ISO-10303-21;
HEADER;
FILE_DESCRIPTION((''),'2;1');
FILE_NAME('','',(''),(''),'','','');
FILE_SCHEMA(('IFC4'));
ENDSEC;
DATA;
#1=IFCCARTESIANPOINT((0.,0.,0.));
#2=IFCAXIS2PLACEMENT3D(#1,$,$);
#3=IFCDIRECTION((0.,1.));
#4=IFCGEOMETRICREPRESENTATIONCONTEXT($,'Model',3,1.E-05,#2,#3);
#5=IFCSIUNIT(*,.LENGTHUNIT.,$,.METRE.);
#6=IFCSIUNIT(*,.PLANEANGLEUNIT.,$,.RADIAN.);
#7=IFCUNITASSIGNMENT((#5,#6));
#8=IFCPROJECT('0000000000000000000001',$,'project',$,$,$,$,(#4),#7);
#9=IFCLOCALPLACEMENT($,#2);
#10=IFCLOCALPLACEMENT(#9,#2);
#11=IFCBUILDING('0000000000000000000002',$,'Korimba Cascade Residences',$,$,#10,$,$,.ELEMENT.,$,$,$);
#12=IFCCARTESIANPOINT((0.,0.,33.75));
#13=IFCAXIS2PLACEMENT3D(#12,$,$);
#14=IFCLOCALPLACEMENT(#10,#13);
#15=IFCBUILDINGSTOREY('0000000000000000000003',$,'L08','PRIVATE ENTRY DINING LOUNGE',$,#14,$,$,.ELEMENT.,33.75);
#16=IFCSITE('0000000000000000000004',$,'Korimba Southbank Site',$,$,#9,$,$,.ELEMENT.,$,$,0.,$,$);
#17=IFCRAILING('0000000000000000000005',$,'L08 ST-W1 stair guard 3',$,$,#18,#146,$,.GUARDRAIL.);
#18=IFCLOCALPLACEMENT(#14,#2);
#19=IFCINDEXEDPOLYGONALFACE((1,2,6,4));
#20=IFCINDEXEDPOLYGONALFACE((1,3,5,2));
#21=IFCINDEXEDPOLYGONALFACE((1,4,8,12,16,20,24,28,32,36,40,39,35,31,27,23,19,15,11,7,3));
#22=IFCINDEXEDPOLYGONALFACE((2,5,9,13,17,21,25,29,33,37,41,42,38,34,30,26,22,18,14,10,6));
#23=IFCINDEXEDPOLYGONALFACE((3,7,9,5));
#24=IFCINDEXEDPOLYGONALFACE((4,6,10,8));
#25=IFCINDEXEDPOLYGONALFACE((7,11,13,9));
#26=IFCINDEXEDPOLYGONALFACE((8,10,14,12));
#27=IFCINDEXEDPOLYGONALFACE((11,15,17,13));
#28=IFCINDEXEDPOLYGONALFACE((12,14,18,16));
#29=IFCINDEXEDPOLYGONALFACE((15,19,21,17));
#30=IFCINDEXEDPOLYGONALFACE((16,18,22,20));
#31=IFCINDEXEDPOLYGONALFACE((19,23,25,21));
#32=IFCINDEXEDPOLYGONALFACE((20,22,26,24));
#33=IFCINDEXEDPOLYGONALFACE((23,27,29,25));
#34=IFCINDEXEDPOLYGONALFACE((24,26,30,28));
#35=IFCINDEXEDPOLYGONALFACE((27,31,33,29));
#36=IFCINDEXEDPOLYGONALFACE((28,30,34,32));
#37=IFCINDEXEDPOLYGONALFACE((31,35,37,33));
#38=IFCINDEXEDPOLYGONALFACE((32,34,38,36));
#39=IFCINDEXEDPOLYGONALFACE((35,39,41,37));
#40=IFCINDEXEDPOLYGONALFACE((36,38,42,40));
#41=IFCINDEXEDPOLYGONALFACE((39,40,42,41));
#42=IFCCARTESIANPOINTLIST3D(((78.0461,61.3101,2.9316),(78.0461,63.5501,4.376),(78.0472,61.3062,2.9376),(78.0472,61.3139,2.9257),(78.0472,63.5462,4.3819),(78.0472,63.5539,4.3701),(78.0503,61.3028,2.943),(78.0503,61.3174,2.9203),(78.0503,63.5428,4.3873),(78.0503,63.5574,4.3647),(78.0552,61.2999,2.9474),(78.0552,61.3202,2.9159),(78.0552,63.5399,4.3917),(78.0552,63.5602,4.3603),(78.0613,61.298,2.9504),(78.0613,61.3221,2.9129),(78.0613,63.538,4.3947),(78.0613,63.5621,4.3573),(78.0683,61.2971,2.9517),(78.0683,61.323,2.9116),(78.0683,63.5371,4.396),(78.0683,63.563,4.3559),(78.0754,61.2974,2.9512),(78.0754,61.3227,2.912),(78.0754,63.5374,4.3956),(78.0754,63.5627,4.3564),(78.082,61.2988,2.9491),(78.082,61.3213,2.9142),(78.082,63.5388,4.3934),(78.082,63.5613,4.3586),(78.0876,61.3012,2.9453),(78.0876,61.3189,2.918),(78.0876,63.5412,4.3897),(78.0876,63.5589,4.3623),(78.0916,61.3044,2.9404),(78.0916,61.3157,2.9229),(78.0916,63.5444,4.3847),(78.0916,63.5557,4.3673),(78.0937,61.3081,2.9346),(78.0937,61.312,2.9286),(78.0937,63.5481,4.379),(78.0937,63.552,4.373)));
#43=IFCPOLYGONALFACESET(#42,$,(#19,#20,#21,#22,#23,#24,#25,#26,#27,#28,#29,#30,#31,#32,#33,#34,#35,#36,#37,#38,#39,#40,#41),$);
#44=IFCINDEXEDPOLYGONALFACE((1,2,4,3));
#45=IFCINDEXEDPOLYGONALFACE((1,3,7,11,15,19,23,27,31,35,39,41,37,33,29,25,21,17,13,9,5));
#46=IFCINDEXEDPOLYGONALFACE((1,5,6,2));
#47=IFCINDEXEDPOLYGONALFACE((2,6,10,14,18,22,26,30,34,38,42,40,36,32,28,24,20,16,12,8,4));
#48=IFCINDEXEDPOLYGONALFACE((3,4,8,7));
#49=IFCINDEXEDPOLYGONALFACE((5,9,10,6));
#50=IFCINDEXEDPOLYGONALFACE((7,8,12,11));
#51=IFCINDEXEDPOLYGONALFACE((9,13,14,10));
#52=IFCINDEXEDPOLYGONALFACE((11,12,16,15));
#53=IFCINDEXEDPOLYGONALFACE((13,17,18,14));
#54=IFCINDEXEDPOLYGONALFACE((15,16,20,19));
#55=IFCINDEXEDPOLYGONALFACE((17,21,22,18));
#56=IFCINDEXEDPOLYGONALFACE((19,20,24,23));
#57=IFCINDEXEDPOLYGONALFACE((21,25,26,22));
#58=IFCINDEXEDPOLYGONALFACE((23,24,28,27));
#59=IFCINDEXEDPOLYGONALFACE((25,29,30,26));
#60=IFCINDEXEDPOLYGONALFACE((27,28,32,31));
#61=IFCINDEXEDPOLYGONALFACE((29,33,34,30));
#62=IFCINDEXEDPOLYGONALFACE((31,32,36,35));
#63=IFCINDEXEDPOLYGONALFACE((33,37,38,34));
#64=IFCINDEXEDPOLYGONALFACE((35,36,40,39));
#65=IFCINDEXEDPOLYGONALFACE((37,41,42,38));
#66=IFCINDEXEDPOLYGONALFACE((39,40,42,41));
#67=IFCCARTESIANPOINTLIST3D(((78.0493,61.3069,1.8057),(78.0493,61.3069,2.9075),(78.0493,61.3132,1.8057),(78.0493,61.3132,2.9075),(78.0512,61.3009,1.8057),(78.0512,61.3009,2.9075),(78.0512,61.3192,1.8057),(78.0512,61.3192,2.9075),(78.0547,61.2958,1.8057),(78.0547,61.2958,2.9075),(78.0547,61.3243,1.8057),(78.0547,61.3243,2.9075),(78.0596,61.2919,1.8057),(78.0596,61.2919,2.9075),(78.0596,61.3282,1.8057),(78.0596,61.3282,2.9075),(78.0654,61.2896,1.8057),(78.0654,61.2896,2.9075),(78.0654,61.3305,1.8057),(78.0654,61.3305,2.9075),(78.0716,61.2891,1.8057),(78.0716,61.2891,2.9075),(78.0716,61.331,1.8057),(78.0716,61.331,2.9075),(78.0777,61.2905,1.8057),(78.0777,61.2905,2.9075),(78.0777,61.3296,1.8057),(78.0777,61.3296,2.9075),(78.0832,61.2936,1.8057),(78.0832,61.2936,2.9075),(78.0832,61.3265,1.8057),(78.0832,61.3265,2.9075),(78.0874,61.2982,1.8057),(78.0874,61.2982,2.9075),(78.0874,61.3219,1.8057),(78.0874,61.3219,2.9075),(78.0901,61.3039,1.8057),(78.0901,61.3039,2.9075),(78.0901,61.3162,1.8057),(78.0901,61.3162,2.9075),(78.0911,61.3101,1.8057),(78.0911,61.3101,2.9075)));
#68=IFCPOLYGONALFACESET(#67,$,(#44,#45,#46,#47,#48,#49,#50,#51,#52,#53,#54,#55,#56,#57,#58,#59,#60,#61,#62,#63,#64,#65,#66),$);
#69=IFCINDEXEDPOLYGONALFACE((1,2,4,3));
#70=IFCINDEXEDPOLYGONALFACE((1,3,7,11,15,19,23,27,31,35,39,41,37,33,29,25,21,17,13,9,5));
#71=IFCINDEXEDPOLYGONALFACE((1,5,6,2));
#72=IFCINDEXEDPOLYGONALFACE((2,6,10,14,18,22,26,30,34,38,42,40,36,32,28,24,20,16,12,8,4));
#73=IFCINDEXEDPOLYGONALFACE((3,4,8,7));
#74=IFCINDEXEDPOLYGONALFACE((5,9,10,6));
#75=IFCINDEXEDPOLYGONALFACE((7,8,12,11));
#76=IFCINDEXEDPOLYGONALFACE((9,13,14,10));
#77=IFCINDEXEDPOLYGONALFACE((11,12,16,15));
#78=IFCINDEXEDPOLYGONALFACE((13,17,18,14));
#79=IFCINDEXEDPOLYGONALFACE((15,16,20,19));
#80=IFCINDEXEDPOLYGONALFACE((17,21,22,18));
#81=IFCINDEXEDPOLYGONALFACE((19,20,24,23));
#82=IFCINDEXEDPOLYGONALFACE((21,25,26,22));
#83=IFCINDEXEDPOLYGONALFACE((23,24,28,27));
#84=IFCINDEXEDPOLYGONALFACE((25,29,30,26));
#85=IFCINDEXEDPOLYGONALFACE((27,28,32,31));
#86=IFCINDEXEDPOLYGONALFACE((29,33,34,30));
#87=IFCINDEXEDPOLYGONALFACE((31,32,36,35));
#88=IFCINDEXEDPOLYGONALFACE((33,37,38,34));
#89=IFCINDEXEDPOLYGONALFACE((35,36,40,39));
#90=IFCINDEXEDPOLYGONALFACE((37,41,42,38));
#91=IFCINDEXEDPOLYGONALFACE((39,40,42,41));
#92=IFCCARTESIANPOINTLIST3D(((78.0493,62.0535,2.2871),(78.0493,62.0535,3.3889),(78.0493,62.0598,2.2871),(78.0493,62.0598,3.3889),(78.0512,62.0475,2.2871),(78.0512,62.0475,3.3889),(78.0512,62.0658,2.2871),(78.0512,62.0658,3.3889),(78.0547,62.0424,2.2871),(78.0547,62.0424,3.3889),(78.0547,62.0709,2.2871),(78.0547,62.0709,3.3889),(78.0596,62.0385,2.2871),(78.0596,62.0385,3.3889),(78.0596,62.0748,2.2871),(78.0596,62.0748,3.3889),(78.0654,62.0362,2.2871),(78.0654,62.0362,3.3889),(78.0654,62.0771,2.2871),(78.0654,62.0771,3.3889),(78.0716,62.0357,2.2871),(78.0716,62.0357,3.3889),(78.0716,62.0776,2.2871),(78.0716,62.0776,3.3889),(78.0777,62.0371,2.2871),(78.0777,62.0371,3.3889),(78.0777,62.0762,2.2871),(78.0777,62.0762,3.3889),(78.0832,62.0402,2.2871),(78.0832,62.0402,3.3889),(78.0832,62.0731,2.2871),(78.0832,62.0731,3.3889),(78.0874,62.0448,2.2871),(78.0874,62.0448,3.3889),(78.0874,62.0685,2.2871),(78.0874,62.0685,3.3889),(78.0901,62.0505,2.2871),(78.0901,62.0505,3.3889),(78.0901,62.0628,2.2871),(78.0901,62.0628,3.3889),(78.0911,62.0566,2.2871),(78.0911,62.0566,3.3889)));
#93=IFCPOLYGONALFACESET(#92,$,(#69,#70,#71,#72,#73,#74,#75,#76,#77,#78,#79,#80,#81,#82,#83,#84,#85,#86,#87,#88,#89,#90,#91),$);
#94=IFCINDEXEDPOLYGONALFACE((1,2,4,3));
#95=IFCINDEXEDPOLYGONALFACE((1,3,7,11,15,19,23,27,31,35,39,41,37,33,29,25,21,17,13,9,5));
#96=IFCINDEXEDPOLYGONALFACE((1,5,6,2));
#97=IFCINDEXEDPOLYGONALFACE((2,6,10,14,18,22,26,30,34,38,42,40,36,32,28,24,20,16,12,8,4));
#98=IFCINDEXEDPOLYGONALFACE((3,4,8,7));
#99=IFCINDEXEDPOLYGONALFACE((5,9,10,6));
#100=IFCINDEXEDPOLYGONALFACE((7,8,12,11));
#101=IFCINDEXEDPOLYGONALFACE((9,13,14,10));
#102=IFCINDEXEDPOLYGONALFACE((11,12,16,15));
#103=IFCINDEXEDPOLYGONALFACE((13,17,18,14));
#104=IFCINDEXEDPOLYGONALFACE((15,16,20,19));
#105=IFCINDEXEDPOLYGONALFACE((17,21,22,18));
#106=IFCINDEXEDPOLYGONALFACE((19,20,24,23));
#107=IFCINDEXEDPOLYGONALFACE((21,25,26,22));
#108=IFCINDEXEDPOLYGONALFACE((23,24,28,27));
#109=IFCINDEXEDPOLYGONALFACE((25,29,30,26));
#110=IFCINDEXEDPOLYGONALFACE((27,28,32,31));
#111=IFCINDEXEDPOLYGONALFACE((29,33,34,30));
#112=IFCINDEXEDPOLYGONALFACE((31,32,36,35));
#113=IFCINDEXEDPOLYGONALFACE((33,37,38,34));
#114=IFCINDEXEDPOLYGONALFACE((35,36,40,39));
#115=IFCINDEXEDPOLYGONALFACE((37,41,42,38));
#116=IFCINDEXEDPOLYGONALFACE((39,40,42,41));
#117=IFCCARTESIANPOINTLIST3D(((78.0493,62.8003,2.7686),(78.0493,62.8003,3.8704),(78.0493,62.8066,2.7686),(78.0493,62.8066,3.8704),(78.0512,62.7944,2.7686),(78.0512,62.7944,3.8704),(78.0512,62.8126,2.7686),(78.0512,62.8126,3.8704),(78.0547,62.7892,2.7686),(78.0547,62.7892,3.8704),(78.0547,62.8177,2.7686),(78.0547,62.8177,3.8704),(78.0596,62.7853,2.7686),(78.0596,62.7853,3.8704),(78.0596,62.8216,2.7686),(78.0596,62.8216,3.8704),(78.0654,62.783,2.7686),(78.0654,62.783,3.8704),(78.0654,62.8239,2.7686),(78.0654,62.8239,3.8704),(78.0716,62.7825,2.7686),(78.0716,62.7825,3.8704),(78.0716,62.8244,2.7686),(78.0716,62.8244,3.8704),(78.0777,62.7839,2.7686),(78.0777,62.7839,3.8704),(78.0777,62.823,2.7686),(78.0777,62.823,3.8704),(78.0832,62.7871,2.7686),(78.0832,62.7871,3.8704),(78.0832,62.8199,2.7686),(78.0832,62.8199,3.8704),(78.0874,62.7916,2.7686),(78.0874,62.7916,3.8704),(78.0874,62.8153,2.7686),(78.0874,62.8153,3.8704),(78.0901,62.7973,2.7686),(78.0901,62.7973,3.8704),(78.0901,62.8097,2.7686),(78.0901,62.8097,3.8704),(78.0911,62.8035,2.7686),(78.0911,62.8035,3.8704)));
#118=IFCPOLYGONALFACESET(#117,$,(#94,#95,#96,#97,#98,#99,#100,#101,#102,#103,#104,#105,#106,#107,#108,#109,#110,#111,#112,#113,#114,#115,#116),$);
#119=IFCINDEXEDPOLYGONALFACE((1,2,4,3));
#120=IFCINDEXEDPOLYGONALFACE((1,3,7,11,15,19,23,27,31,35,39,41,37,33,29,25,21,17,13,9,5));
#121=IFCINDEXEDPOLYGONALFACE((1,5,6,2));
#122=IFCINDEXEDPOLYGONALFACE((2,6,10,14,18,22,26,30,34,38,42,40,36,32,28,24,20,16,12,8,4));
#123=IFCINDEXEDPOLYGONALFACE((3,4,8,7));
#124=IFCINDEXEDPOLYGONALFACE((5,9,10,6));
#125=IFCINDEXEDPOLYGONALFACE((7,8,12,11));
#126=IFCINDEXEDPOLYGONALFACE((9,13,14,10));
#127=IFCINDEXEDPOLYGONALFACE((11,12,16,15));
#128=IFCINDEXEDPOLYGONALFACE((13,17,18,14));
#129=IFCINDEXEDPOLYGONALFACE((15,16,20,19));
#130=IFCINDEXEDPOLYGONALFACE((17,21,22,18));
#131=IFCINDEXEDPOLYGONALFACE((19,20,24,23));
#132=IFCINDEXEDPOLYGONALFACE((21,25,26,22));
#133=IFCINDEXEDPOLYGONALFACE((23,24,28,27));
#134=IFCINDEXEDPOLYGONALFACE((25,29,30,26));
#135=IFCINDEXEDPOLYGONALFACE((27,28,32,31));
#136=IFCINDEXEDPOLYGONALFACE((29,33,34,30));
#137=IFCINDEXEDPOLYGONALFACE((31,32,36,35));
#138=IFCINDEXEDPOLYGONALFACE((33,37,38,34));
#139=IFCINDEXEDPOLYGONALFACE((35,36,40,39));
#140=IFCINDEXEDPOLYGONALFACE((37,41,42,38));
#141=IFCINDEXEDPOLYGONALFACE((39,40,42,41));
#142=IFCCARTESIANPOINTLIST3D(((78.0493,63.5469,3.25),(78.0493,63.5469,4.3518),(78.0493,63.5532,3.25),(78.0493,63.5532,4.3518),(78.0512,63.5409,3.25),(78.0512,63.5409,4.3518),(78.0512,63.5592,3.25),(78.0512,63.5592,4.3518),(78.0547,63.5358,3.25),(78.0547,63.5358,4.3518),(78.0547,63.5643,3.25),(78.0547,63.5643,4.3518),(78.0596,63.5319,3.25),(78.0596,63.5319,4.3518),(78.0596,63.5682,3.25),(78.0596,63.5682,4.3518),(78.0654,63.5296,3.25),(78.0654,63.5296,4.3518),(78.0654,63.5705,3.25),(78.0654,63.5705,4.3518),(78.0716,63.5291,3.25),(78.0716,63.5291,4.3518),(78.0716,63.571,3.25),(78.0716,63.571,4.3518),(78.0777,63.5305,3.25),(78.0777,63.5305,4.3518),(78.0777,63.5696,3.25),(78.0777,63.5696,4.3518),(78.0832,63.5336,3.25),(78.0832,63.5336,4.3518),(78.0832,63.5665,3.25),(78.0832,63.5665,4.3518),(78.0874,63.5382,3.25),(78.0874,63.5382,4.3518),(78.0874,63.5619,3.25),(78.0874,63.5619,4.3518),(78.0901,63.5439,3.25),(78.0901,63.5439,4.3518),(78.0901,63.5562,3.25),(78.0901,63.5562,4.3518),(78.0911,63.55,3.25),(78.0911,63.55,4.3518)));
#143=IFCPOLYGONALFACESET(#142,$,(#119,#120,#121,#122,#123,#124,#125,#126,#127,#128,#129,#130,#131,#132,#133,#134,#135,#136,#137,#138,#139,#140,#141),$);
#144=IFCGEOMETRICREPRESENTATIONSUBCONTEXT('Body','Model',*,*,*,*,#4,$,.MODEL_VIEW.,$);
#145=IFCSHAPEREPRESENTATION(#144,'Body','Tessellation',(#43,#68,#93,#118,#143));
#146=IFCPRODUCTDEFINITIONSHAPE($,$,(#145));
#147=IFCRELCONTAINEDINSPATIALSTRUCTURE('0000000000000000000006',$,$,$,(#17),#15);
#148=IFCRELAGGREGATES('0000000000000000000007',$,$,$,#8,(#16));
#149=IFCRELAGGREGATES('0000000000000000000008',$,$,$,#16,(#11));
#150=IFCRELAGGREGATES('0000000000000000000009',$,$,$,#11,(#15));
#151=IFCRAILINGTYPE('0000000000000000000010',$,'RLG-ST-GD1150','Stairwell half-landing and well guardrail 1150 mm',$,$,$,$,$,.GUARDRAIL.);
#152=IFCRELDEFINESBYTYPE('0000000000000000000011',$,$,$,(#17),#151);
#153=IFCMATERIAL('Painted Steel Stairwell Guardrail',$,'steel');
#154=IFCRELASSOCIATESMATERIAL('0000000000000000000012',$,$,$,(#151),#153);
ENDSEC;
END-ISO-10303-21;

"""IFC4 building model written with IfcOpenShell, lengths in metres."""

from ifc_helpers import new_model, si_unit, direction, frame, origin, origin_2d, place, context, subcontext, project, spatial, circle, extrude, material, type_object, element, save


model = new_model("IFC4")

# Units and contexts
model_context = context("Model", 3, precision=1e-05, world=origin(), true_north=direction((0.0, 1.0)))
body_context = subcontext(model_context, "Body", "Model", "MODEL_VIEW")
ifc_project = project(units=[si_unit("LENGTHUNIT", "METRE"), si_unit("PLANEANGLEUNIT", "RADIAN")], contexts=[model_context])

# Site, building, storey
site_placement = place(None, origin())
site = spatial("IfcSite", under=ifc_project, at=site_placement, Name="Korimba Southbank Site", CompositionType="ELEMENT", RefElevation=0.0)
building_placement = place(site_placement, origin())
building = spatial("IfcBuilding", under=site, at=building_placement, Name="Korimba Cascade Residences", CompositionType="ELEMENT")
storey_placement = place(building_placement, frame((0.0, 0.0, 33.75)))
storey = spatial("IfcBuildingStorey", under=building, at=storey_placement, Name="L08", Description="PRIVATE ENTRY DINING LOUNGE", CompositionType="ELEMENT", Elevation=33.75)

# Railing
ifc_material_1 = material(Name="Painted Steel Stairwell Guardrail", Category="steel")
railing_type_1 = type_object("IfcRailingType", Name="RLG-ST-GD1150", Description="Stairwell half-landing and well guardrail 1150 mm", PredefinedType="GUARDRAIL", material=ifc_material_1)
railing_1_placement = place(storey_placement, frame((78.0701, 61.3101, 1.8057)))
element("IfcRailing", 1, at=railing_1_placement, inside=storey, type_object=railing_type_1, Name="L08 ST-W1 stair guard 3", PredefinedType="GUARDRAIL", context=body_context, shape_type="SweptSolid", body=[
    extrude(circle(Radius=0.0239, at=origin_2d()), frame((0.0, 0.0, 1.126), z_axis=(0.0, 0.840437, 0.54191), x_axis=(-1.0, 0.0, 0.0)), (0.0, 0.0, 1.0), 2.6653),
    extrude(circle(Radius=0.021, at=origin_2d()), origin(), (0.0, 0.0, 1.0), 1.1018),
    extrude(circle(Radius=0.021, at=origin_2d()), frame((0.0, 0.7466, 0.4814)), (0.0, 0.0, 1.0), 1.1018),
    extrude(circle(Radius=0.021, at=origin_2d()), frame((0.0, 1.4934, 0.9629)), (0.0, 0.0, 1.0), 1.1018),
    extrude(circle(Radius=0.021, at=origin_2d()), frame((0.0, 2.24, 1.4443)), (0.0, 0.0, 1.0), 1.1018),
])

save(model, "model.ifc")
